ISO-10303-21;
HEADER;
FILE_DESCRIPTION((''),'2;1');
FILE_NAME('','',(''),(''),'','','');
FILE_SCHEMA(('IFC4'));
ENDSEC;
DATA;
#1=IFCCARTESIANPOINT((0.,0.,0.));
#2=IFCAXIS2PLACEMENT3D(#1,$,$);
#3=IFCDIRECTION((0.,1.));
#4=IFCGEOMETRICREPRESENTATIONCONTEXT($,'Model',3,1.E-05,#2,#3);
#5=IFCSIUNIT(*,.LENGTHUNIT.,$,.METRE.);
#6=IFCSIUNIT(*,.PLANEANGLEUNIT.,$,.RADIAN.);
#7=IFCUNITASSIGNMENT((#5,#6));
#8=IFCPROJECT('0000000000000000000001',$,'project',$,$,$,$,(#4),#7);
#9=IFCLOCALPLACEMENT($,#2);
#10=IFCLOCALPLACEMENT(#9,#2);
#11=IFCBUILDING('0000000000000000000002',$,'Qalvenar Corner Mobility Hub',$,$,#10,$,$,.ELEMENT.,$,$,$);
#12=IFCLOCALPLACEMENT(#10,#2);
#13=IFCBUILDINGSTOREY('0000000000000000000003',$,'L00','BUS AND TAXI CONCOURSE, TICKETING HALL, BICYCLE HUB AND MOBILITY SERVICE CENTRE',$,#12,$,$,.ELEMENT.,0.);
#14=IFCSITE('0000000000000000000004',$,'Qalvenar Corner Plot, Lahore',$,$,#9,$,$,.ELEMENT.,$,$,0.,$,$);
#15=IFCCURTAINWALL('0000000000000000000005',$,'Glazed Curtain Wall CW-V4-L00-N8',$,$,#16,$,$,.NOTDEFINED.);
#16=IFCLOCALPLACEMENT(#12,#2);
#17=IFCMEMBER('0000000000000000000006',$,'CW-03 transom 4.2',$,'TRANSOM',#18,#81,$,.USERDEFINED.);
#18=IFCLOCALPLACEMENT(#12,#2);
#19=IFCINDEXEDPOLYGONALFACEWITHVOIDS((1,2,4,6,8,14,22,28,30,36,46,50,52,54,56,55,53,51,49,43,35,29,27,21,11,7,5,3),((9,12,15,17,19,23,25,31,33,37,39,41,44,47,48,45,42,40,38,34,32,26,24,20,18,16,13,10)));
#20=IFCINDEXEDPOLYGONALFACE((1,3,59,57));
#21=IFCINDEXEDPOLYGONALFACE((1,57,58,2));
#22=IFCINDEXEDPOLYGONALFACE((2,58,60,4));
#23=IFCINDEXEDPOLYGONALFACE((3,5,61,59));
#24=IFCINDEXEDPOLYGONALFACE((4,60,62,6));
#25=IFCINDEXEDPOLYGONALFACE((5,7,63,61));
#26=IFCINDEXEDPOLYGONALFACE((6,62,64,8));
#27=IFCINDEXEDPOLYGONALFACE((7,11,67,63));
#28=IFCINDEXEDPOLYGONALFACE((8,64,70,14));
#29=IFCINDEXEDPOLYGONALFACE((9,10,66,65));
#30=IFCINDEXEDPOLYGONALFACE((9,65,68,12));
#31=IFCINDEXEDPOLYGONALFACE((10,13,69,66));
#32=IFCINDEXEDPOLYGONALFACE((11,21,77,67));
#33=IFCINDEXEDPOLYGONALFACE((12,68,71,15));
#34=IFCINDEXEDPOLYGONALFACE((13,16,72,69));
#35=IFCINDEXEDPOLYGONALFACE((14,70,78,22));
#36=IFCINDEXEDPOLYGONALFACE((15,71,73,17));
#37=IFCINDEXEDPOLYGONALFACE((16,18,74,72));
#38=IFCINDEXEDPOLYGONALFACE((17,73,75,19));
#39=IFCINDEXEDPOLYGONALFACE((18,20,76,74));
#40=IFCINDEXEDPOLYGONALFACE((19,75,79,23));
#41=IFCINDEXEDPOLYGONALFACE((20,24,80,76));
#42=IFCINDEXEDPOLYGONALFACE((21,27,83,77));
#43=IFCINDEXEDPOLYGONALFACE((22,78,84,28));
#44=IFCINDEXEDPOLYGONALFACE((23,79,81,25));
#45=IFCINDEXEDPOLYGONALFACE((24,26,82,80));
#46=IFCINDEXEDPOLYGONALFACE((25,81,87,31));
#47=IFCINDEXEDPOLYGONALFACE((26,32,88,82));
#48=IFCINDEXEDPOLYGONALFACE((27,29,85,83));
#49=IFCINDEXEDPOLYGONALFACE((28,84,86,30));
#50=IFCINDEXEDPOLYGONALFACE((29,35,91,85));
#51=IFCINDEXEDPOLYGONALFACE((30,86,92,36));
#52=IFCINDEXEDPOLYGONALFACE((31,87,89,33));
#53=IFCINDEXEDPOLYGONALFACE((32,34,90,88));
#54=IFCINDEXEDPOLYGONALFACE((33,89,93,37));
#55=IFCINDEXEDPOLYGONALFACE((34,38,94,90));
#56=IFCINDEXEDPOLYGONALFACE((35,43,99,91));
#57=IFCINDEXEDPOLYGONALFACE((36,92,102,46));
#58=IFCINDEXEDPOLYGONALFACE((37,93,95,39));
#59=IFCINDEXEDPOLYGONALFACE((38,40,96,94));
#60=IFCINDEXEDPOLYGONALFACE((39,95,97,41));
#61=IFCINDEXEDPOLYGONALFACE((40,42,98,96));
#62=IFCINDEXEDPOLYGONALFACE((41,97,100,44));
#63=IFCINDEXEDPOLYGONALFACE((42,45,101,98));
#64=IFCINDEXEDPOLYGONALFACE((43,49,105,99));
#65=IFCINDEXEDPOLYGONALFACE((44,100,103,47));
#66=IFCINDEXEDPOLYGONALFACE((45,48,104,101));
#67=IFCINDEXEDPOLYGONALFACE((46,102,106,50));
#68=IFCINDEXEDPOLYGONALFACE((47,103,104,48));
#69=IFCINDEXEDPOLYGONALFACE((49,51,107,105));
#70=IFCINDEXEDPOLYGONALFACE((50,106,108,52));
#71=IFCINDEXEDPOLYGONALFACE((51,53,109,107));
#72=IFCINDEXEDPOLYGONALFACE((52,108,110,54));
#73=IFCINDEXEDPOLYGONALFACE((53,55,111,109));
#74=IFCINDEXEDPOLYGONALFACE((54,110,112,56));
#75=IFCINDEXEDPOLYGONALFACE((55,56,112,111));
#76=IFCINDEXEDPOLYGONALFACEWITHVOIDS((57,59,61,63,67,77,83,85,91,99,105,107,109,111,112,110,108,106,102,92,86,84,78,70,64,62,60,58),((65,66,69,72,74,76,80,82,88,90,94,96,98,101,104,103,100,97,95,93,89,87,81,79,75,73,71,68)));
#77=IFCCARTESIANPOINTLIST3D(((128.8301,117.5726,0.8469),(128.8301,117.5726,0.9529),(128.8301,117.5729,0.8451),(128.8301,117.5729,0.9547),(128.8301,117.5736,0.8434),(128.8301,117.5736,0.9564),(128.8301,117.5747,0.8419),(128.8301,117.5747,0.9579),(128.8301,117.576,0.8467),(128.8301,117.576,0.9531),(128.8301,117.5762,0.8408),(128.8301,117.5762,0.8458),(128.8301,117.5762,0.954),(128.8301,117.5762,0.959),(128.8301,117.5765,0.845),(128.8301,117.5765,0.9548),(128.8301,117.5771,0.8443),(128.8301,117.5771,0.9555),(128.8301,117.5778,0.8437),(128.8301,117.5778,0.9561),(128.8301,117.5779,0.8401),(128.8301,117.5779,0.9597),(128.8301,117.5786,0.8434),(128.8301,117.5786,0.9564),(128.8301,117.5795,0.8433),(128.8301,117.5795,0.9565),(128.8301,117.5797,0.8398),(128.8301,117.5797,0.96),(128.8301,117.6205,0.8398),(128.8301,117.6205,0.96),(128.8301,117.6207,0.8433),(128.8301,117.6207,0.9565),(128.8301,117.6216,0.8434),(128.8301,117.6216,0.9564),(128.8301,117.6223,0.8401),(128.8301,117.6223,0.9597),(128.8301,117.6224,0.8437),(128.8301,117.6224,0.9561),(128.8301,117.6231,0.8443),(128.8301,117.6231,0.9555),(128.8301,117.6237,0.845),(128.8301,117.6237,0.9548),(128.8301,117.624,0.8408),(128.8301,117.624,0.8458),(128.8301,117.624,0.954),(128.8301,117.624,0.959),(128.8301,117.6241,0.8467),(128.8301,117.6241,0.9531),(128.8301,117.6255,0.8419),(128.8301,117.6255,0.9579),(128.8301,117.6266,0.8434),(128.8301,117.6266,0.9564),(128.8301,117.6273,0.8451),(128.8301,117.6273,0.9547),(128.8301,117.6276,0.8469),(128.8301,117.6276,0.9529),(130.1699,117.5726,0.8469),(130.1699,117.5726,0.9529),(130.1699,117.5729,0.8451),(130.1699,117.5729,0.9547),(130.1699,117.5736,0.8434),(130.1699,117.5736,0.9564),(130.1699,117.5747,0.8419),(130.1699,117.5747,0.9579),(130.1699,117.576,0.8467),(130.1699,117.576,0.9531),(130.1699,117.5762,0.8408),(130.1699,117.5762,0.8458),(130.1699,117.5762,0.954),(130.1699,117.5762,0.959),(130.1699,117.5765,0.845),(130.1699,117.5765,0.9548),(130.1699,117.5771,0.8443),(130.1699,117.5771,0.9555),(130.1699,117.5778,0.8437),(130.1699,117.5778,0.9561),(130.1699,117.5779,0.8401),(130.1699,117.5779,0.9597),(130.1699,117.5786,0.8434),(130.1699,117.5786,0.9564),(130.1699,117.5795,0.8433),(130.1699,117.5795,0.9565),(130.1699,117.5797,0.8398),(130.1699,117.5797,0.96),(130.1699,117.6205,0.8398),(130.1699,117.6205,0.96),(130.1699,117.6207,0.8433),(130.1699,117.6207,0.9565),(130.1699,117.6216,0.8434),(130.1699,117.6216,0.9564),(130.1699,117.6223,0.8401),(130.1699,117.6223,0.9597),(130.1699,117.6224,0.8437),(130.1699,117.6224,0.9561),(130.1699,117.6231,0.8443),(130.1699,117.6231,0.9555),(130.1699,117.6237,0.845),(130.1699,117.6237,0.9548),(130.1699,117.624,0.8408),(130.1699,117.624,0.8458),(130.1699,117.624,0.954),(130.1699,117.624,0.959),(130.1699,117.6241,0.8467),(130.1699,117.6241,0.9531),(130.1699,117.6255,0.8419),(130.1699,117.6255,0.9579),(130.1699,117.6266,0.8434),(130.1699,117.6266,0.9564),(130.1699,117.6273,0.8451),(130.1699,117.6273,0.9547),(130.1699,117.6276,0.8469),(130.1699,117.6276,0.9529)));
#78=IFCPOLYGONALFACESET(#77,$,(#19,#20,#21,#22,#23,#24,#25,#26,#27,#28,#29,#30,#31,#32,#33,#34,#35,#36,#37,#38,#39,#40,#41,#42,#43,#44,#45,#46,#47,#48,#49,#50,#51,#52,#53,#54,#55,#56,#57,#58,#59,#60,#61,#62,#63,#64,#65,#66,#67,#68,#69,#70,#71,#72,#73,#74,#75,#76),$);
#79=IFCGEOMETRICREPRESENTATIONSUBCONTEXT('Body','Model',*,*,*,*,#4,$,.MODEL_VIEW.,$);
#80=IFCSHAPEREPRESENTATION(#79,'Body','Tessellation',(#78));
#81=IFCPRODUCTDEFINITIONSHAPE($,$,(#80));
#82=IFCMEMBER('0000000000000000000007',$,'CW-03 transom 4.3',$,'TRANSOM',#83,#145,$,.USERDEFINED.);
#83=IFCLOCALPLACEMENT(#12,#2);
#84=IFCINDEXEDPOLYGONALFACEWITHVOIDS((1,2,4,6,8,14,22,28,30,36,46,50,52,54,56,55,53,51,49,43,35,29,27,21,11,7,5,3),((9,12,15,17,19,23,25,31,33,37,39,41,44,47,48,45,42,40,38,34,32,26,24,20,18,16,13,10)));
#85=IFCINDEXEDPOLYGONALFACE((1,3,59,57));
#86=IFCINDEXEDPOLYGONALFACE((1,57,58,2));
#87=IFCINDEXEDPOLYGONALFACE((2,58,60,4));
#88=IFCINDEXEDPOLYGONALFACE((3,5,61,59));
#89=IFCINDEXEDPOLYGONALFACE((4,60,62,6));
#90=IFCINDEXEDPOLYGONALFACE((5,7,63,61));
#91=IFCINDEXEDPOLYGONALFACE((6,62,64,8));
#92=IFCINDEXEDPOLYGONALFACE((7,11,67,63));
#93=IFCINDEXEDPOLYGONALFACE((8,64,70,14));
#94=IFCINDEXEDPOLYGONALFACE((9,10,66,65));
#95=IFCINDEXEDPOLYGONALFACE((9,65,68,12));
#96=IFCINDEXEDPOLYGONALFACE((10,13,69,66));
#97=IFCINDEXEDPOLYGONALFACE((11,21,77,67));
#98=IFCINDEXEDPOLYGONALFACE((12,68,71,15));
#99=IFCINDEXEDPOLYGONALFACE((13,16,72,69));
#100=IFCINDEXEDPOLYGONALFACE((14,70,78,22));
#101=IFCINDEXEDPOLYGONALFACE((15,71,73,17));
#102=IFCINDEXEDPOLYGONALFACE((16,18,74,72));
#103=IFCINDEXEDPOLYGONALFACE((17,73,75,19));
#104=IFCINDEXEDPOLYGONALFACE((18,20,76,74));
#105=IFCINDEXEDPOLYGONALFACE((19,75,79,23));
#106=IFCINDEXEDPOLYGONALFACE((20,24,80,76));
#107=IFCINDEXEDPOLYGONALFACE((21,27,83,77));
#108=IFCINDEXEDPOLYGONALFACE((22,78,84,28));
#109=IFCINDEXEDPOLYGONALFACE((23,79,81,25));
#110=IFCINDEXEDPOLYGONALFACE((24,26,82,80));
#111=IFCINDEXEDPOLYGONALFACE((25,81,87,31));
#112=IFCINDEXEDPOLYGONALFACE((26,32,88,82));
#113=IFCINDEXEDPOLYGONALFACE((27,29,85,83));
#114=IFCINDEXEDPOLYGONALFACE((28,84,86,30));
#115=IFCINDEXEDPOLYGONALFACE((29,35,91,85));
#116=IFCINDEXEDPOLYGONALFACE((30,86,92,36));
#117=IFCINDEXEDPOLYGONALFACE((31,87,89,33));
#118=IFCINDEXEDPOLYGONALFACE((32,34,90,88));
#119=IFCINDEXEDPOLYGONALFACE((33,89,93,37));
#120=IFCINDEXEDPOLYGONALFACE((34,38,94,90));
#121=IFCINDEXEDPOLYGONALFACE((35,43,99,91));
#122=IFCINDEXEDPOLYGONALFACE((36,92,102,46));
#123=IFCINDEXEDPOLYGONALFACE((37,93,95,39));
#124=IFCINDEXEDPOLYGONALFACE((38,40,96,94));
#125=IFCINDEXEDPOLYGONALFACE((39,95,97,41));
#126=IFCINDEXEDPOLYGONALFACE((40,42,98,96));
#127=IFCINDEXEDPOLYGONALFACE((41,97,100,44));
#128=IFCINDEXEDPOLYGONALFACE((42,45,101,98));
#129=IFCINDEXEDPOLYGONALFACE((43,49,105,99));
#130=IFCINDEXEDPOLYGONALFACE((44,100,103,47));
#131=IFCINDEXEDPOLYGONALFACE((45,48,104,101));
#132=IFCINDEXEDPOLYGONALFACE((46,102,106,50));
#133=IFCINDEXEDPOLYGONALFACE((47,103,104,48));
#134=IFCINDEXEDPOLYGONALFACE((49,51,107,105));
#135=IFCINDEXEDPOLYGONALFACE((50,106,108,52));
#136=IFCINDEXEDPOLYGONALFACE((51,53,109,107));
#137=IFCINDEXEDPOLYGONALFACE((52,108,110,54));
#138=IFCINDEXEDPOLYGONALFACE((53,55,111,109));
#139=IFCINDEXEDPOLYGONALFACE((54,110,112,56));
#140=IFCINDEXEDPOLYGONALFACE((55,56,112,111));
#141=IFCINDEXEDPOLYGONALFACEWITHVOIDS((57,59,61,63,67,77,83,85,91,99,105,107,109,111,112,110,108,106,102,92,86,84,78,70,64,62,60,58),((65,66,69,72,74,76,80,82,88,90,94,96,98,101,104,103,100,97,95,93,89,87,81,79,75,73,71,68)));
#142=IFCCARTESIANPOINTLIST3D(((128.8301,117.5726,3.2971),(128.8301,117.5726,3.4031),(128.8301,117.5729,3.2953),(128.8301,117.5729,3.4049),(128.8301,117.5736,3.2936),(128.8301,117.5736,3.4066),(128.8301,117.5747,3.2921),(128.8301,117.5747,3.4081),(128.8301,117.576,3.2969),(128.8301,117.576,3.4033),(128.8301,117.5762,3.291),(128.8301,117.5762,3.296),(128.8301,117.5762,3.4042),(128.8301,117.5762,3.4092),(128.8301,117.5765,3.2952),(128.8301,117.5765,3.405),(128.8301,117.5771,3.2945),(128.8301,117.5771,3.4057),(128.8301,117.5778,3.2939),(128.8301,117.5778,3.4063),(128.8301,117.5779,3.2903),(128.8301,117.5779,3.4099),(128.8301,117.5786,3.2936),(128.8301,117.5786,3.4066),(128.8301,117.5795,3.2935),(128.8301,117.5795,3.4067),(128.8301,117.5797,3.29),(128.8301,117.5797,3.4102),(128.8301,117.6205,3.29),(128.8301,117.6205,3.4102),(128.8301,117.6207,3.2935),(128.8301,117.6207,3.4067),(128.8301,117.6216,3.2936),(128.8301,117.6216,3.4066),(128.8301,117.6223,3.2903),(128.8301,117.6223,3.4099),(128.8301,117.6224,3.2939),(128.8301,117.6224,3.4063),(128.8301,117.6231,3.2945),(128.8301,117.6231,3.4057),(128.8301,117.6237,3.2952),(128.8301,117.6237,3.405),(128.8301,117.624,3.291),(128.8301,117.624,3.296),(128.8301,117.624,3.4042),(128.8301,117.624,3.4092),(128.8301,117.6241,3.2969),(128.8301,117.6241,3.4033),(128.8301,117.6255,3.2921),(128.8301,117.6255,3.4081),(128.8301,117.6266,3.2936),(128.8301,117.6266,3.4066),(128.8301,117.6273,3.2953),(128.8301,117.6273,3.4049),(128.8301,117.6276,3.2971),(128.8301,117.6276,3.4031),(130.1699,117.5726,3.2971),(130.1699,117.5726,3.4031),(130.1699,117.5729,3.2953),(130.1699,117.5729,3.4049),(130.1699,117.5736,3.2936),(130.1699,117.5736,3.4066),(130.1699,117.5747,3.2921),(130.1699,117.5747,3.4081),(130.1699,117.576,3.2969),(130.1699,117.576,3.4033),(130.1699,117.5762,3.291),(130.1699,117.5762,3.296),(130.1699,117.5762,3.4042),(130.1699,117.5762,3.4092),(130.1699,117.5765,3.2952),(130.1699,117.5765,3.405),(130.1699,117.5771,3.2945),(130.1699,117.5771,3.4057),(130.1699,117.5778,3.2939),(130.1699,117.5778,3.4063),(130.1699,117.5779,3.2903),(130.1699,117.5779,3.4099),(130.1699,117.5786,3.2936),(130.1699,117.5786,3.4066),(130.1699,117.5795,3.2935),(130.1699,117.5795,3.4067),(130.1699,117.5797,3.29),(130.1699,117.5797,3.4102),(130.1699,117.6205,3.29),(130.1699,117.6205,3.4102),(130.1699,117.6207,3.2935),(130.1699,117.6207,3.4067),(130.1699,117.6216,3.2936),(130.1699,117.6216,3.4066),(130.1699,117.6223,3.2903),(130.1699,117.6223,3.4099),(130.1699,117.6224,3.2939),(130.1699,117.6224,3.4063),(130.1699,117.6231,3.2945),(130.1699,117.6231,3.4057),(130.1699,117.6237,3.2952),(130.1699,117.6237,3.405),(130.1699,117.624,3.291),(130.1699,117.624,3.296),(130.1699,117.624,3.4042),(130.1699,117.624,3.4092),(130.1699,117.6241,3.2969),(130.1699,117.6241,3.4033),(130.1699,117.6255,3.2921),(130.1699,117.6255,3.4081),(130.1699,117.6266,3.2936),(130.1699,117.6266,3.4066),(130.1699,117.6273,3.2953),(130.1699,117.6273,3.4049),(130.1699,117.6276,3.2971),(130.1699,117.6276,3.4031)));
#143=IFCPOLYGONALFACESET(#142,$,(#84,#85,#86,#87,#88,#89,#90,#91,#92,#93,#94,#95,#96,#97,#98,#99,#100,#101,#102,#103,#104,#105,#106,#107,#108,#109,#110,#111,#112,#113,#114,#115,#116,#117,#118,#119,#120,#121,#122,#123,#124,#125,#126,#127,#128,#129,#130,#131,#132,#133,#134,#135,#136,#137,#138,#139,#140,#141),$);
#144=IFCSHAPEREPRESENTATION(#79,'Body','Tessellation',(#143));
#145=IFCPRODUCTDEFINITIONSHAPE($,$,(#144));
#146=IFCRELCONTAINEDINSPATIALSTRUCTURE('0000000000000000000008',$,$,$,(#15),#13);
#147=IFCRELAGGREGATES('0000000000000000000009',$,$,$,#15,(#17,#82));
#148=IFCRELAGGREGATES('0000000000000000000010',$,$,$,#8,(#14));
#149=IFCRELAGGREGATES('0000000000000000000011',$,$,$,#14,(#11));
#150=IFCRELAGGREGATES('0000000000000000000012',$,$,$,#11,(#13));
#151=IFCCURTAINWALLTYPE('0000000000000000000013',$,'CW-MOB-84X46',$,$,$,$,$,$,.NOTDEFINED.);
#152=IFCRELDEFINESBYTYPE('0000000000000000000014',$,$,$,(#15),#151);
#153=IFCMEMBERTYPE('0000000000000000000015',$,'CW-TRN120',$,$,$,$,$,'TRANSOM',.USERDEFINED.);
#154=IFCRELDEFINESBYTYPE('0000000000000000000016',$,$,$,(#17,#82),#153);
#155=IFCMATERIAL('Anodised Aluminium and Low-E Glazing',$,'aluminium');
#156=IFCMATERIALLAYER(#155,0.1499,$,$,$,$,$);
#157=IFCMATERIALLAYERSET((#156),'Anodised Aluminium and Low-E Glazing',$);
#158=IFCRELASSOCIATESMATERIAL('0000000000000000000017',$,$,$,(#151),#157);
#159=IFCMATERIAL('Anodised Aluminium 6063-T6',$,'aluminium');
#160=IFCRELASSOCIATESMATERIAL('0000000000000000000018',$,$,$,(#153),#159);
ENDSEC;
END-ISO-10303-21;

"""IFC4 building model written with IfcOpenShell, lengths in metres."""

from ifc_helpers import new_model, si_unit, direction, frame, origin, origin_2d, place, context, subcontext, project, spatial, hollow_rectangle, extrude, material, layer, layer_set, material_profile, profile_set, type_object, element, aggregate, save


model = new_model("IFC4")

# Units and contexts
model_context = context("Model", 3, precision=1e-05, world=origin(), true_north=direction((0.0, 1.0)))
body_context = subcontext(model_context, "Body", "Model", "MODEL_VIEW")
ifc_project = project(units=[si_unit("LENGTHUNIT", "METRE"), si_unit("PLANEANGLEUNIT", "RADIAN")], contexts=[model_context])

# Site, building, storey
site_placement = place(None, origin())
site = spatial("IfcSite", under=ifc_project, at=site_placement, Name="Qalvenar Corner Plot, Lahore", CompositionType="ELEMENT", RefElevation=0.0)
building_placement = place(site_placement, origin())
building = spatial("IfcBuilding", under=site, at=building_placement, Name="Qalvenar Corner Mobility Hub", CompositionType="ELEMENT")
storey_placement = place(building_placement, origin())
storey = spatial("IfcBuildingStorey", under=building, at=storey_placement, Name="L00", Description="BUS AND TAXI CONCOURSE, TICKETING HALL, BICYCLE HUB AND MOBILITY SERVICE CENTRE", CompositionType="ELEMENT", Elevation=0.0)

# Shared definitions
ifc_material_1 = material(Name="Anodised Aluminium and Low-E Glazing", Category="aluminium")
ifc_layer_1 = layer(ifc_material_1, 0.1499)
ifc_layer_set_1 = layer_set([ifc_layer_1], Name="Anodised Aluminium and Low-E Glazing")
curtain_wall_type = type_object("IfcCurtainWallType", Name="CW-MOB-84X46", PredefinedType="NOTDEFINED", material=ifc_layer_set_1)
ifc_material_2 = material(Name="Anodised Aluminium 6063-T6", Category="aluminium")

# Curtain wall, members
curtain_wall_1_placement = place(storey_placement, origin())
curtain_wall_1 = element("IfcCurtainWall", 1, at=curtain_wall_1_placement, inside=storey, type_object=curtain_wall_type, Name="Glazed Curtain Wall CW-V4-L00-N8", PredefinedType="NOTDEFINED")
ifc_material_profile_1 = material_profile(ifc_material_2, hollow_rectangle(XDim=0.0549, YDim=0.1201, WallThickness=0.0034, InnerFilletRadius=0.0034, OuterFilletRadius=0.0071, at=origin_2d()), Name="RHS120x55x3.5")
ifc_profile_set_1 = profile_set([ifc_material_profile_1], Name="Anodised Aluminium 6063-T6")
member_type_1 = type_object("IfcMemberType", Name="CW-TRN120", ElementType="TRANSOM", PredefinedType="USERDEFINED", material=ifc_profile_set_1)
member_1_placement = place(storey_placement, frame((130.1699, 117.6001, 0.8999), z_axis=(-1.0, 0.0, 0.0), x_axis=(0.0, -1.0, 0.0)))
member_1 = element("IfcMember", 2, at=member_1_placement, type_object=member_type_1, Name="CW-03 transom 4.2", ObjectType="TRANSOM", PredefinedType="USERDEFINED", context=body_context, shape_type="SweptSolid", body=[
    extrude(hollow_rectangle(XDim=0.0549, YDim=0.1201, WallThickness=0.0034, InnerFilletRadius=0.0034, OuterFilletRadius=0.0071, at=origin_2d()), origin(), (0.0, 0.0, 1.0), 1.3398),
])
member_2_placement = place(storey_placement, frame((130.1699, 117.6001, 3.3501), z_axis=(-1.0, 0.0, 0.0), x_axis=(0.0, -1.0, 0.0)))
member_2 = element("IfcMember", 3, at=member_2_placement, type_object=member_type_1, Name="CW-03 transom 4.3", ObjectType="TRANSOM", PredefinedType="USERDEFINED", context=body_context, shape_type="SweptSolid", body=[
    extrude(hollow_rectangle(XDim=0.0549, YDim=0.1201, WallThickness=0.0034, InnerFilletRadius=0.0034, OuterFilletRadius=0.0071, at=origin_2d()), origin(), (0.0, 0.0, 1.0), 1.3398),
])
aggregate(curtain_wall_1, [member_1, member_2])

save(model, "model.ifc")
